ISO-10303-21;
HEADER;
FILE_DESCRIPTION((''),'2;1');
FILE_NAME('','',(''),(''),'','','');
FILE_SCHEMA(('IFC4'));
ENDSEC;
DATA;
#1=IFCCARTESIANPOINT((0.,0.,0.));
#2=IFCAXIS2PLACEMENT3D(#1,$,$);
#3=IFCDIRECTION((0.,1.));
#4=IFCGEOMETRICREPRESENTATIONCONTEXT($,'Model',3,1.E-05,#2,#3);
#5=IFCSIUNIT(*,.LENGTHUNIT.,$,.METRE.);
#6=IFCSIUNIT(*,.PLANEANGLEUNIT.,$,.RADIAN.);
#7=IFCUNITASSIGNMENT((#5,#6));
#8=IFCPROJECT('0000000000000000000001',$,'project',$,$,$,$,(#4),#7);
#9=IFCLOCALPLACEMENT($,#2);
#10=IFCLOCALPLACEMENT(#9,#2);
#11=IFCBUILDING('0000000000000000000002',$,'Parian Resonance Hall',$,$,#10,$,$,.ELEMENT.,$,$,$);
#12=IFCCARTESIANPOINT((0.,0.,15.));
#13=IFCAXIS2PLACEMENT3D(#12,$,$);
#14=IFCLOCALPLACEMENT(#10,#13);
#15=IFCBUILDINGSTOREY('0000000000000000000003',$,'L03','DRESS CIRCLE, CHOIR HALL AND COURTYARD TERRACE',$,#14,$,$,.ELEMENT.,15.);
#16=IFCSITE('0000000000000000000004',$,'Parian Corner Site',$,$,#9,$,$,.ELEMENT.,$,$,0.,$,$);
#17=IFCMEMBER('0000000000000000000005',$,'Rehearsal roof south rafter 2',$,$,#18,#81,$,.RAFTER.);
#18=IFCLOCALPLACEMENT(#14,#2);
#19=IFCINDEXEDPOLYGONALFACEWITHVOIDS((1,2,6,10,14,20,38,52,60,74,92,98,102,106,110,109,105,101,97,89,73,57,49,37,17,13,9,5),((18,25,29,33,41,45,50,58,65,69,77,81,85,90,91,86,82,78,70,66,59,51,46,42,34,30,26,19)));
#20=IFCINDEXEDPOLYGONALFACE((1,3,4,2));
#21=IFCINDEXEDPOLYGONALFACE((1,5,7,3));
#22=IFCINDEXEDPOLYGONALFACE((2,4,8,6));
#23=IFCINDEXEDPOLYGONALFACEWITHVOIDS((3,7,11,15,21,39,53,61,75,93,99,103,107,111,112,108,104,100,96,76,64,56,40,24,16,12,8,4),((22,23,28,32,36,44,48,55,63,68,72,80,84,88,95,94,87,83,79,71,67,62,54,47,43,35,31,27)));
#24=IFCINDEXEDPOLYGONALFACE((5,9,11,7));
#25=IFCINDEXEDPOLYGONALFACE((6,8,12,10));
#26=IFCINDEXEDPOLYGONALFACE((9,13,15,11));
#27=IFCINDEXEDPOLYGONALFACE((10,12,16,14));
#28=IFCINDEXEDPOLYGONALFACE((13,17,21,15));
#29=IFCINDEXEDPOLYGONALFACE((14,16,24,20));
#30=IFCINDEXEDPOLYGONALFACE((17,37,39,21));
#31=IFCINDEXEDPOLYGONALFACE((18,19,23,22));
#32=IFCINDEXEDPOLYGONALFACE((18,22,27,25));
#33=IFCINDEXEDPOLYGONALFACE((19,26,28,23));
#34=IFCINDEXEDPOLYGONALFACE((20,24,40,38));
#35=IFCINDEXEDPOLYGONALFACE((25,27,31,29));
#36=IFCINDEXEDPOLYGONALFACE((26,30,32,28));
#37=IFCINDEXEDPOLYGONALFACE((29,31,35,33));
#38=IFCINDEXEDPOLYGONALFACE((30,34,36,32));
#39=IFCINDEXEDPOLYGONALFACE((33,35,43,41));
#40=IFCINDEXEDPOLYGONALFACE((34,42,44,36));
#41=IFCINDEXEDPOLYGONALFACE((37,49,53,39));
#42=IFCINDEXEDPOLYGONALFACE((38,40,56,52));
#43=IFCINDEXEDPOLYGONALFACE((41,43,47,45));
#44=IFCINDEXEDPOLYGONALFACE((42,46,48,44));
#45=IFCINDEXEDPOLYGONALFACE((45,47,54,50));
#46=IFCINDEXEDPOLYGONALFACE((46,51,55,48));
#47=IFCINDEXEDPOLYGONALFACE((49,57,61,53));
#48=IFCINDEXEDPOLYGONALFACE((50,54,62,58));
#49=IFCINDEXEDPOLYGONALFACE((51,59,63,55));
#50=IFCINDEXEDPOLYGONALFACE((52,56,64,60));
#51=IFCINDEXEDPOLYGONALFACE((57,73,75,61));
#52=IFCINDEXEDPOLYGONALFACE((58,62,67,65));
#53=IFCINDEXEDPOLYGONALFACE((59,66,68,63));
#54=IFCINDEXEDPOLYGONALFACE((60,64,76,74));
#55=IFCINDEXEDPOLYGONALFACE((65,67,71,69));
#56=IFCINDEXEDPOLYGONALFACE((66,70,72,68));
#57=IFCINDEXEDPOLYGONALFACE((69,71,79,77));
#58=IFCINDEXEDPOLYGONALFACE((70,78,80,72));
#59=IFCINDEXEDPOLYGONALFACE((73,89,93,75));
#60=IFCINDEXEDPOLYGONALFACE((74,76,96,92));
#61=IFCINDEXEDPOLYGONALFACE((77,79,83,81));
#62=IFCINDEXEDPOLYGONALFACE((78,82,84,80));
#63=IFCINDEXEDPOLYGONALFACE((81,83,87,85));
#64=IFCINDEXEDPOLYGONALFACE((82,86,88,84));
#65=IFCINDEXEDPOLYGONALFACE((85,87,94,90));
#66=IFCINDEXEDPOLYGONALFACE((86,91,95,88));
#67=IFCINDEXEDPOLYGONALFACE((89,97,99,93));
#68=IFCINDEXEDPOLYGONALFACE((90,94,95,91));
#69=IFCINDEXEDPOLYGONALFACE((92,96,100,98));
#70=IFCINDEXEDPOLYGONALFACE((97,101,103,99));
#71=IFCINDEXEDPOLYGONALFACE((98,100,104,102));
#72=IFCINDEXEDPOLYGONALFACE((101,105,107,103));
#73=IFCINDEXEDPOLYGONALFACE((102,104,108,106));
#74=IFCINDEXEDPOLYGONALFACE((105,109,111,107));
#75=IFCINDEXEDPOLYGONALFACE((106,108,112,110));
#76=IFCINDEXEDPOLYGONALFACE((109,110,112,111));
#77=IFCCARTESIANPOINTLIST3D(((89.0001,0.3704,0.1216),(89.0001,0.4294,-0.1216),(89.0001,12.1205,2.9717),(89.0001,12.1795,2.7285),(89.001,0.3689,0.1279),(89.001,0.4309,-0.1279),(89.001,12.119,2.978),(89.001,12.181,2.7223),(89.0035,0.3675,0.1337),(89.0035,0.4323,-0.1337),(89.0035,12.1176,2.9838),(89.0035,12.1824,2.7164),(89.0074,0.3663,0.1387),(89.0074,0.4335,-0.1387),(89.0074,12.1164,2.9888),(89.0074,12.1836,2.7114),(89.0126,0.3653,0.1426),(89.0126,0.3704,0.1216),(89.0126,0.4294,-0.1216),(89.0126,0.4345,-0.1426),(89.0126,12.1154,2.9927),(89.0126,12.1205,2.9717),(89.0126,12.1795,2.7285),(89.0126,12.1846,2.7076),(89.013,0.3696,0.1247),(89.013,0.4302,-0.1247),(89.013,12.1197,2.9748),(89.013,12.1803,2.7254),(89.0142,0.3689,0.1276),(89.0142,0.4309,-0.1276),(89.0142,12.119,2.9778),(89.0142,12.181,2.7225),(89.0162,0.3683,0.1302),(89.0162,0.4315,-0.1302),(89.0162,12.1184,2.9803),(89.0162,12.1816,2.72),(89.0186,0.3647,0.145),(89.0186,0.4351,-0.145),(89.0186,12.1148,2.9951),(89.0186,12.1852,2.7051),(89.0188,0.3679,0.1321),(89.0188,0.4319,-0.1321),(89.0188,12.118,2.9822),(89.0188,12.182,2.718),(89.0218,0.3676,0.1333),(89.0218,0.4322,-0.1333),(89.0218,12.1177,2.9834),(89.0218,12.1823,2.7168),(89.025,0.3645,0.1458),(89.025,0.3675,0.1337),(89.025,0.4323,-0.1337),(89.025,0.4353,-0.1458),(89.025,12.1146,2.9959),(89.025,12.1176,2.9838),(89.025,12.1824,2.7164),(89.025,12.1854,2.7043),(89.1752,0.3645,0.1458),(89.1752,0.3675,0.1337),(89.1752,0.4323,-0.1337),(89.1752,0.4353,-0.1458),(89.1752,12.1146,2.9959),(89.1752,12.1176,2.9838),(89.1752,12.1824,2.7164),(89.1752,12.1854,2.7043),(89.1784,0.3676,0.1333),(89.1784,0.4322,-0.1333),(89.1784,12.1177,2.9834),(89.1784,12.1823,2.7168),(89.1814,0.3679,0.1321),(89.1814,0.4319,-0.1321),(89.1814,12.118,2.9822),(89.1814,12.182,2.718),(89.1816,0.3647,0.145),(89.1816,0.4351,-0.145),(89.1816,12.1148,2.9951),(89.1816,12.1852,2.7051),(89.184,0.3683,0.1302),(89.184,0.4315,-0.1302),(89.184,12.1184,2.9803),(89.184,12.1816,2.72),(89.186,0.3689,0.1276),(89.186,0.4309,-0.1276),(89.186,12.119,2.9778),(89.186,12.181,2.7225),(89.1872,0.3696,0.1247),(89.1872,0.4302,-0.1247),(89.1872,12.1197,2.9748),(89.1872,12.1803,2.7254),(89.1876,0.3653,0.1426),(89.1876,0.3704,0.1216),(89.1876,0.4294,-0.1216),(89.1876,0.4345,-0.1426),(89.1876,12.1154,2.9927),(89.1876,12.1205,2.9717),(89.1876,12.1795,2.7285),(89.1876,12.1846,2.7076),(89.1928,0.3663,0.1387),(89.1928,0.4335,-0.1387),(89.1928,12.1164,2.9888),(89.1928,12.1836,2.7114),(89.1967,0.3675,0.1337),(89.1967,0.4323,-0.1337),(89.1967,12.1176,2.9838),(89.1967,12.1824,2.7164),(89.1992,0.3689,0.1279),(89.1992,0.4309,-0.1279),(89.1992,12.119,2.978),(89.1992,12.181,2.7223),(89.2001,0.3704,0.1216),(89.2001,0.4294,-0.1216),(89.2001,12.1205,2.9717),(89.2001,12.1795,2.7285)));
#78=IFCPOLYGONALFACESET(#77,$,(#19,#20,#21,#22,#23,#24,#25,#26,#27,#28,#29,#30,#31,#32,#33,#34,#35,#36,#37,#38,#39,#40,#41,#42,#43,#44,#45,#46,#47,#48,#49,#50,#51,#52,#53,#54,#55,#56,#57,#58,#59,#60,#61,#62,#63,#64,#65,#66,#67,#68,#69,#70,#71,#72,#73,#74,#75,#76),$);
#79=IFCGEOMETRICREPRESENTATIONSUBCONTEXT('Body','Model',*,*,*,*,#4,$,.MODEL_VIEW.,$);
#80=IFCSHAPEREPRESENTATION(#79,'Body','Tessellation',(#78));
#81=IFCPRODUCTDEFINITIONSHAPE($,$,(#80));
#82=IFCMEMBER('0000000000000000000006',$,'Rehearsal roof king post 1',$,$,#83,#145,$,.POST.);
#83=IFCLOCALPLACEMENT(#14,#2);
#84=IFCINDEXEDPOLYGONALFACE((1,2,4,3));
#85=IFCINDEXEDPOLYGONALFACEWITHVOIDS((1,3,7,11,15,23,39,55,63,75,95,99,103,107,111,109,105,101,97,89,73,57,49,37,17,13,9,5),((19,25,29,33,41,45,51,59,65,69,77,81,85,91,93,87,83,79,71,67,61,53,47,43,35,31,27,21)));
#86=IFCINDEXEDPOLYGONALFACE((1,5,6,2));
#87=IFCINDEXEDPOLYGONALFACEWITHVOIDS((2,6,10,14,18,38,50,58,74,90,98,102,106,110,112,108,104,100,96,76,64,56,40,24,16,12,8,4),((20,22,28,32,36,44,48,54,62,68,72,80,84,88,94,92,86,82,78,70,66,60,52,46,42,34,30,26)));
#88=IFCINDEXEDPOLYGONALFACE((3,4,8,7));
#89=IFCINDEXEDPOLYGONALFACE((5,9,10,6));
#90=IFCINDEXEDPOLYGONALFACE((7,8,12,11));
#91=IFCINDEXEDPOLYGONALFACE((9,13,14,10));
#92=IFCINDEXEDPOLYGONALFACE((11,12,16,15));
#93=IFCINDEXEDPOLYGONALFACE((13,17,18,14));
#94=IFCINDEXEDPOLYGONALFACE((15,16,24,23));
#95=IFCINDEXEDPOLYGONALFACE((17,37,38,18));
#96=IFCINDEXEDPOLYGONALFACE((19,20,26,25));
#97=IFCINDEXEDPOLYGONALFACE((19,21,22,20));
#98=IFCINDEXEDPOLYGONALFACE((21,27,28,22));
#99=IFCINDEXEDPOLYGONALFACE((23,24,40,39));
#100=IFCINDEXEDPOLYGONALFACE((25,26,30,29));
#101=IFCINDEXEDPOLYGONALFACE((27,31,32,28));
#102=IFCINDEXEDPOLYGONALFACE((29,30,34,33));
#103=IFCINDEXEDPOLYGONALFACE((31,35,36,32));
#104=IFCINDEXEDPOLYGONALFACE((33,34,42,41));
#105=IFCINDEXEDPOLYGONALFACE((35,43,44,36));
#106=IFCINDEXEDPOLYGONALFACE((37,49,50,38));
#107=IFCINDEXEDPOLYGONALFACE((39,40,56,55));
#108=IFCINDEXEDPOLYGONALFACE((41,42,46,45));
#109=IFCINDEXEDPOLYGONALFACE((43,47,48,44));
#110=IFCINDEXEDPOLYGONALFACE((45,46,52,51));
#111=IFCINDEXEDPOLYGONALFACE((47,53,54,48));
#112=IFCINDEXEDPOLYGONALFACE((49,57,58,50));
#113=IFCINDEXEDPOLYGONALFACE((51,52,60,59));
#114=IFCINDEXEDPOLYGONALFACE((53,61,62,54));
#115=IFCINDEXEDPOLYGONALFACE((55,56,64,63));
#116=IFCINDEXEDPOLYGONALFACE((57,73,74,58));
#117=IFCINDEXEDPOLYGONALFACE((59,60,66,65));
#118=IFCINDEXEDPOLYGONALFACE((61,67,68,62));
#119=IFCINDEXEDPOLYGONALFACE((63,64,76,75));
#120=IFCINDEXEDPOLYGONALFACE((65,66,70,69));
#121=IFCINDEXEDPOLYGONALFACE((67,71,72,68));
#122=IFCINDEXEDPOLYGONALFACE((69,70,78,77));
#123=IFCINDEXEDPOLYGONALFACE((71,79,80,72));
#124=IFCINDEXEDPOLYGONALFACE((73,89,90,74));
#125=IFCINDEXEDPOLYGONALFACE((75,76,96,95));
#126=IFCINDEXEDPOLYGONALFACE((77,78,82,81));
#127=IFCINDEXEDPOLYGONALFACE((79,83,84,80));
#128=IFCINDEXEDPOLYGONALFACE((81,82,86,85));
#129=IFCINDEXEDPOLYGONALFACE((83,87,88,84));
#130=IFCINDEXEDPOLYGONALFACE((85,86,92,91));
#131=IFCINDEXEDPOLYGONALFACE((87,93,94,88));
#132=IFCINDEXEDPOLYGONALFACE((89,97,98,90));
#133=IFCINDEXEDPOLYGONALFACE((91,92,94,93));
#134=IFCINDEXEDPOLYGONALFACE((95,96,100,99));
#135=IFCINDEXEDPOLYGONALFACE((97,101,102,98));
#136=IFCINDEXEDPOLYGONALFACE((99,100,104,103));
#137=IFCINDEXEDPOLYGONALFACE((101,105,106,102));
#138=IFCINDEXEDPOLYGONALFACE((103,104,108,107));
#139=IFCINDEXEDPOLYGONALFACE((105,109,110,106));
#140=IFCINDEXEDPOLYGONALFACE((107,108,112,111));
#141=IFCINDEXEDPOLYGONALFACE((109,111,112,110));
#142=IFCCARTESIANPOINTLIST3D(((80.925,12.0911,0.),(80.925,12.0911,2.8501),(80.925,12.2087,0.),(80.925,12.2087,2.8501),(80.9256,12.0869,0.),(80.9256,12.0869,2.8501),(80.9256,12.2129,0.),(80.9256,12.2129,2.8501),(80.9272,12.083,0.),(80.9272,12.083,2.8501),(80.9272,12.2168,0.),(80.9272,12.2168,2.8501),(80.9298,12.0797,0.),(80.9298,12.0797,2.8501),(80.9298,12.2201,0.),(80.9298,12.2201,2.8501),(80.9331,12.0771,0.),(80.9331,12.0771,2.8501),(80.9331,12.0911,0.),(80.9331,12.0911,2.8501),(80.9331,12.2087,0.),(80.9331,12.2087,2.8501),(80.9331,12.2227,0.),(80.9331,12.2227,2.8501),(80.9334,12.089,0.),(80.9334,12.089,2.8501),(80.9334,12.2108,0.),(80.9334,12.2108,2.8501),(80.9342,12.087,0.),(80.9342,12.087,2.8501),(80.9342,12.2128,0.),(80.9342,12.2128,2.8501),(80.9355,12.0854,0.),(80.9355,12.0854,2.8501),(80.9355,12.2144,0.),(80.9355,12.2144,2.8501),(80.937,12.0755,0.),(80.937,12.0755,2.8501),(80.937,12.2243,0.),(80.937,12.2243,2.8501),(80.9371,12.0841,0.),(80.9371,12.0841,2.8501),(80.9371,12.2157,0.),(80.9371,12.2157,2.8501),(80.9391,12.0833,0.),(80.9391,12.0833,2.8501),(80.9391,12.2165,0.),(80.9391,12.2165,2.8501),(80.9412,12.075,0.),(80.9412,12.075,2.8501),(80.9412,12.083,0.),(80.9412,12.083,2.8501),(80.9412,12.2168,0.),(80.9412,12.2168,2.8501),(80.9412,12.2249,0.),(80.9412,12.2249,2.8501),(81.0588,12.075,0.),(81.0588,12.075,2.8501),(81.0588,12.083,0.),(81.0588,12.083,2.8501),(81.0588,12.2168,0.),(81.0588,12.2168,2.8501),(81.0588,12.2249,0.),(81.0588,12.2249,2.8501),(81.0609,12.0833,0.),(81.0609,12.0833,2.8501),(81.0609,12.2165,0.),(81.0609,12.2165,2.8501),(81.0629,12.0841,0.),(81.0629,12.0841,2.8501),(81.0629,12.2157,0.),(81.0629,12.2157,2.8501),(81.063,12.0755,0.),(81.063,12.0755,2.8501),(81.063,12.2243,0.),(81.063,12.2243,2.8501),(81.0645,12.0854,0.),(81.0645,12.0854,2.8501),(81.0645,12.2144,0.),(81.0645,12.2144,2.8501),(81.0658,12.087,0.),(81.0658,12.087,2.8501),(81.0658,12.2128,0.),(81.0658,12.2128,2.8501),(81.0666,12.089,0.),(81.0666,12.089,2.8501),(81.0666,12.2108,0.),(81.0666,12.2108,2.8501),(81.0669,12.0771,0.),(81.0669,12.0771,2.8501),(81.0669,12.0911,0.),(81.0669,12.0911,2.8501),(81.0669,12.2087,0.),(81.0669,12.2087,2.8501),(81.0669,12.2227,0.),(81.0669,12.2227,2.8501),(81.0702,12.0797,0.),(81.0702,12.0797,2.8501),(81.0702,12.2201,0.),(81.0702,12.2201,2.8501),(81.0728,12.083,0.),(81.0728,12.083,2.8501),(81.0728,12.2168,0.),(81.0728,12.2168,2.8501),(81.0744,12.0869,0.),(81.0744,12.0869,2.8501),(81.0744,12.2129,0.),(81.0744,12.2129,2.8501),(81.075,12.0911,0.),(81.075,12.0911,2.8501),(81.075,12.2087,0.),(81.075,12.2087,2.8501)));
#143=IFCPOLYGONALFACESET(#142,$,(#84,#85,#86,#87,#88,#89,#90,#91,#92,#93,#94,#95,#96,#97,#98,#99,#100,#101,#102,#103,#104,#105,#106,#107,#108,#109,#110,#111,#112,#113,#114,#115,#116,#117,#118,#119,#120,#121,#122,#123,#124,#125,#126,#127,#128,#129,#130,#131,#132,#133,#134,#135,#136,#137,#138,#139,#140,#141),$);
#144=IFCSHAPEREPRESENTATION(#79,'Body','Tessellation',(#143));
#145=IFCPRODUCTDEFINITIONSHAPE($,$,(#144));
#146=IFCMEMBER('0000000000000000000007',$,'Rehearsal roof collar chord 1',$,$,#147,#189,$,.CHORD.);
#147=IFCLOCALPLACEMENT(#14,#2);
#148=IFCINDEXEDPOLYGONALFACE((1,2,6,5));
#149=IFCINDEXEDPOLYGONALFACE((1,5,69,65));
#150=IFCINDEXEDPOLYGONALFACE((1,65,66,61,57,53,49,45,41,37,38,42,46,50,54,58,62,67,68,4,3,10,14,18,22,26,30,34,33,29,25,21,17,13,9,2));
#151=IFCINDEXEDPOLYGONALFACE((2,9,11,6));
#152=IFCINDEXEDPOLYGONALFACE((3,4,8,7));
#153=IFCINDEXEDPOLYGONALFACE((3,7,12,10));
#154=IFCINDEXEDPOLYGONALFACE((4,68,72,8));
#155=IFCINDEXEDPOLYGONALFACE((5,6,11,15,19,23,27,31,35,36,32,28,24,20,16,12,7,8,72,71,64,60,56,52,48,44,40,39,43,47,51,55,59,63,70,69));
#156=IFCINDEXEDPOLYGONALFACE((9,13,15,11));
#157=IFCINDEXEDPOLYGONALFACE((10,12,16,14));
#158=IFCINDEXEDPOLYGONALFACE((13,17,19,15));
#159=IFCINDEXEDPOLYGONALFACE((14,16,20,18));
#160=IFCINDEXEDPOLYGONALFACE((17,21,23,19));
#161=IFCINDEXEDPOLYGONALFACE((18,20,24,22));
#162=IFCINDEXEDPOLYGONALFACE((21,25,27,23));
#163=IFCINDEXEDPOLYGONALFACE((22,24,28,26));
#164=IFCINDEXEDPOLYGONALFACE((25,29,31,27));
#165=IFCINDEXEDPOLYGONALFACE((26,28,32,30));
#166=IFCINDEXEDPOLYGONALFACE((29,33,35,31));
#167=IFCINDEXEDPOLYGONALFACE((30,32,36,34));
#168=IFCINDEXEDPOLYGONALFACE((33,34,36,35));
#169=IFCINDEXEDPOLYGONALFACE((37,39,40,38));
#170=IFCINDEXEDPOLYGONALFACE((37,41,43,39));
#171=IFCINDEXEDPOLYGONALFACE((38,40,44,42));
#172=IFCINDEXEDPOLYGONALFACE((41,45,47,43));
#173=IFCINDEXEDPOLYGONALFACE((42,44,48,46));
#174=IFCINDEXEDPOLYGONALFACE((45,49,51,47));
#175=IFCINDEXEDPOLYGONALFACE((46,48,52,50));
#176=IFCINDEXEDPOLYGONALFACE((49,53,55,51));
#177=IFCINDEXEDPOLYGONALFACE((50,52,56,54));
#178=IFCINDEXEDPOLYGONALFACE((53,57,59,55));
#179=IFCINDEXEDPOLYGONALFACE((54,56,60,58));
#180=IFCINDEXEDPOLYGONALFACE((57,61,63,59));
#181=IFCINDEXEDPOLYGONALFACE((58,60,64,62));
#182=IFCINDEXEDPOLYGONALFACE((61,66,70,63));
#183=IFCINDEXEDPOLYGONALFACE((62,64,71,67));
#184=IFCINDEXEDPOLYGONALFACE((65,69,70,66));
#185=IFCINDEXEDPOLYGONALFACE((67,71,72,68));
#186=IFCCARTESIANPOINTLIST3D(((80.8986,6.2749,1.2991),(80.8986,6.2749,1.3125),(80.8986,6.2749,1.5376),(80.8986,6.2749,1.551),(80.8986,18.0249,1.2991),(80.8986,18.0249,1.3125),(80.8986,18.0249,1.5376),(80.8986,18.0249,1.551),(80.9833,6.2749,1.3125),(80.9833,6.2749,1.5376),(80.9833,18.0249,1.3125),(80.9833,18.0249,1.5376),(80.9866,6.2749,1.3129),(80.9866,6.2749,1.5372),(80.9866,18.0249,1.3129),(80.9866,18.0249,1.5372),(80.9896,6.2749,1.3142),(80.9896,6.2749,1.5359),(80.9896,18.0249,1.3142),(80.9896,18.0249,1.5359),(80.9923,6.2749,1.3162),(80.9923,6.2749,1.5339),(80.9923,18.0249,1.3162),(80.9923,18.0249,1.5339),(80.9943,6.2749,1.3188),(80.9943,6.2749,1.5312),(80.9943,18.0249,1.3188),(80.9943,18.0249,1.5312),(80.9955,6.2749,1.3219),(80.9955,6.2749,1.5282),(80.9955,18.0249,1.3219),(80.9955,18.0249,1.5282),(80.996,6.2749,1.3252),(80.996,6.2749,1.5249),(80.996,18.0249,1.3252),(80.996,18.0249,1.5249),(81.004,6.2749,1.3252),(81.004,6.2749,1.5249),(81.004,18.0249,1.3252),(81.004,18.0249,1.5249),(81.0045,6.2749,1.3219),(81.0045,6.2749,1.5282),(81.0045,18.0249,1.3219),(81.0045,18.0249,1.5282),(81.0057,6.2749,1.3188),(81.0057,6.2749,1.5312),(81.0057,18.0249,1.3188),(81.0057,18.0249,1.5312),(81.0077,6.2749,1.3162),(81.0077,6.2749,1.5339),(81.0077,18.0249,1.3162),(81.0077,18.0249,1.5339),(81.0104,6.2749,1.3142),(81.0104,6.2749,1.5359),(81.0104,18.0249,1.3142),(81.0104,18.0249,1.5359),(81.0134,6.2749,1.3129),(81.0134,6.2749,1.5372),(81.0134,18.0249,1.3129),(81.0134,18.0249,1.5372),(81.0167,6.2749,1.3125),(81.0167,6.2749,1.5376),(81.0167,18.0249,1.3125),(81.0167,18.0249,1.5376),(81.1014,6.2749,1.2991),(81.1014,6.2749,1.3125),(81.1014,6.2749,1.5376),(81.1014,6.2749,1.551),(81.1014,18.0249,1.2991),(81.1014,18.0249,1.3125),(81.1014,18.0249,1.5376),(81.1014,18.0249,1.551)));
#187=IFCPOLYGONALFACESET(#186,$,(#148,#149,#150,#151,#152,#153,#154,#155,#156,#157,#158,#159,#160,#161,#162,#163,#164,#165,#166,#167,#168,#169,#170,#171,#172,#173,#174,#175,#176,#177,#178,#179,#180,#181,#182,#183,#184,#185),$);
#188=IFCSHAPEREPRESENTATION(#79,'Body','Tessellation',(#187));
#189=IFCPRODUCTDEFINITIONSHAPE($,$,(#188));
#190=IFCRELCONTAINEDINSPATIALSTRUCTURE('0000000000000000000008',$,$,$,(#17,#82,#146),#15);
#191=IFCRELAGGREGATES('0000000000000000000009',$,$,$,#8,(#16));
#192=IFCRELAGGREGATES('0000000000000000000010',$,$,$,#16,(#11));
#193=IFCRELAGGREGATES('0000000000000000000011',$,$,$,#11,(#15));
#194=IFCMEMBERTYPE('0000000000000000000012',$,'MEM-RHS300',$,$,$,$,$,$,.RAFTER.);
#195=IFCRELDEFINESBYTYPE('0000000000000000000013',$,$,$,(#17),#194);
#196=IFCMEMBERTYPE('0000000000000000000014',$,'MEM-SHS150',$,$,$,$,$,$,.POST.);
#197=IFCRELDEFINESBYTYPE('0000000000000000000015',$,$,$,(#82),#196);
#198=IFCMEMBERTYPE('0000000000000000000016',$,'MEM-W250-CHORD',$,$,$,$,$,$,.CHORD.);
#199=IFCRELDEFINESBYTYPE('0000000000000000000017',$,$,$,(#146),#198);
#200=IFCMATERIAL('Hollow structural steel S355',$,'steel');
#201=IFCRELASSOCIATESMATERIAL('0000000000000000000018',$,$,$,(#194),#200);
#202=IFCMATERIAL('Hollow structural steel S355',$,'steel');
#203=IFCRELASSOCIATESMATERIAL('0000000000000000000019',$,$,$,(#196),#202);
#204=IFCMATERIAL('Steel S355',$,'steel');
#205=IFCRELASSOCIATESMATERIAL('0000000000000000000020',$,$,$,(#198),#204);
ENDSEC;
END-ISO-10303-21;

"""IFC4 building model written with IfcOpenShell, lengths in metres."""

from ifc_helpers import new_model, si_unit, direction, frame, origin, origin_2d, place, context, subcontext, project, spatial, hollow_rectangle, i_section, extrude, material, material_profile, profile_set, type_object, element, save


model = new_model("IFC4")

# Units and contexts
model_context = context("Model", 3, precision=1e-05, world=origin(), true_north=direction((0.0, 1.0)))
body_context = subcontext(model_context, "Body", "Model", "MODEL_VIEW")
ifc_project = project(units=[si_unit("LENGTHUNIT", "METRE"), si_unit("PLANEANGLEUNIT", "RADIAN")], contexts=[model_context])

# Site, building, storey
site_placement = place(None, origin())
site = spatial("IfcSite", under=ifc_project, at=site_placement, Name="Parian Corner Site", CompositionType="ELEMENT", RefElevation=0.0)
building_placement = place(site_placement, origin())
building = spatial("IfcBuilding", under=site, at=building_placement, Name="Parian Resonance Hall", CompositionType="ELEMENT")
storey_placement = place(building_placement, frame((0.0, 0.0, 15.0)))
storey = spatial("IfcBuildingStorey", under=building, at=storey_placement, Name="L03", Description="DRESS CIRCLE, CHOIR HALL AND COURTYARD TERRACE", CompositionType="ELEMENT", Elevation=15.0)

# Members
ifc_material_1 = material(Name="Hollow structural steel S355", Category="steel")
ifc_material_profile_1 = material_profile(ifc_material_1, hollow_rectangle(XDim=0.2, YDim=0.3, WallThickness=0.0125, InnerFilletRadius=0.0125, OuterFilletRadius=0.0249, at=origin_2d()), Name="RHS300x200x12.5")
ifc_profile_set_1 = profile_set([ifc_material_profile_1], Name="Hollow structural steel S355")
member_type_1 = type_object("IfcMemberType", Name="MEM-RHS300", PredefinedType="RAFTER", material=ifc_profile_set_1)
member_1_placement = place(storey_placement, frame((89.1001, 0.3999, 0.0), z_axis=(0.0, 0.97182, 0.235726), x_axis=(-1.0, 0.0, 0.0)))
element("IfcMember", 1, at=member_1_placement, inside=storey, type_object=member_type_1, Name="Rehearsal roof south rafter 2", PredefinedType="RAFTER", context=body_context, shape_type="SweptSolid", body=[
    extrude(hollow_rectangle(XDim=0.2, YDim=0.3, WallThickness=0.0125, InnerFilletRadius=0.0125, OuterFilletRadius=0.0249, at=origin_2d()), origin(), (0.0, 0.0, 1.0), 12.0908),
])
ifc_material_2 = material(Name="Hollow structural steel S355", Category="steel")
ifc_material_profile_2 = material_profile(ifc_material_2, hollow_rectangle(XDim=0.1499, YDim=0.1499, WallThickness=0.0081, InnerFilletRadius=0.0081, OuterFilletRadius=0.0161, at=origin_2d()), Name="SHS150x150x8")
ifc_profile_set_2 = profile_set([ifc_material_profile_2], Name="Hollow structural steel S355")
member_type_2 = type_object("IfcMemberType", Name="MEM-SHS150", PredefinedType="POST", material=ifc_profile_set_2)
member_2_placement = place(storey_placement, frame((81.0, 12.1499, 0.0), z_axis=(0.0, 0.0, 1.0), x_axis=(1.0, 0.0, 0.0)))
element("IfcMember", 2, at=member_2_placement, inside=storey, type_object=member_type_2, Name="Rehearsal roof king post 1", PredefinedType="POST", context=body_context, shape_type="SweptSolid", body=[
    extrude(hollow_rectangle(XDim=0.1499, YDim=0.1499, WallThickness=0.0081, InnerFilletRadius=0.0081, OuterFilletRadius=0.0161, at=origin_2d()), origin(), (0.0, 0.0, 1.0), 2.8501),
])
ifc_material_3 = material(Name="Steel S355", Category="steel")
ifc_material_profile_3 = material_profile(ifc_material_3, i_section(OverallWidth=0.2029, OverallDepth=0.252, WebThickness=0.0081, FlangeThickness=0.0134, FilletRadius=0.0127, at=origin_2d()), Name="W250x58")
ifc_profile_set_3 = profile_set([ifc_material_profile_3], Name="Steel S355")
member_type_3 = type_object("IfcMemberType", Name="MEM-W250-CHORD", PredefinedType="CHORD", material=ifc_profile_set_3)
member_3_placement = place(storey_placement, frame((81.0, 6.2749, 1.425), z_axis=(0.0, 1.0, 0.0), x_axis=(-1.0, 0.0, 0.0)))
element("IfcMember", 3, at=member_3_placement, inside=storey, type_object=member_type_3, Name="Rehearsal roof collar chord 1", PredefinedType="CHORD", context=body_context, shape_type="SweptSolid", body=[
    extrude(i_section(OverallWidth=0.2029, OverallDepth=0.252, WebThickness=0.0081, FlangeThickness=0.0134, FilletRadius=0.0127, at=origin_2d()), origin(), (0.0, 0.0, 1.0), 11.75),
])

save(model, "model.ifc")
